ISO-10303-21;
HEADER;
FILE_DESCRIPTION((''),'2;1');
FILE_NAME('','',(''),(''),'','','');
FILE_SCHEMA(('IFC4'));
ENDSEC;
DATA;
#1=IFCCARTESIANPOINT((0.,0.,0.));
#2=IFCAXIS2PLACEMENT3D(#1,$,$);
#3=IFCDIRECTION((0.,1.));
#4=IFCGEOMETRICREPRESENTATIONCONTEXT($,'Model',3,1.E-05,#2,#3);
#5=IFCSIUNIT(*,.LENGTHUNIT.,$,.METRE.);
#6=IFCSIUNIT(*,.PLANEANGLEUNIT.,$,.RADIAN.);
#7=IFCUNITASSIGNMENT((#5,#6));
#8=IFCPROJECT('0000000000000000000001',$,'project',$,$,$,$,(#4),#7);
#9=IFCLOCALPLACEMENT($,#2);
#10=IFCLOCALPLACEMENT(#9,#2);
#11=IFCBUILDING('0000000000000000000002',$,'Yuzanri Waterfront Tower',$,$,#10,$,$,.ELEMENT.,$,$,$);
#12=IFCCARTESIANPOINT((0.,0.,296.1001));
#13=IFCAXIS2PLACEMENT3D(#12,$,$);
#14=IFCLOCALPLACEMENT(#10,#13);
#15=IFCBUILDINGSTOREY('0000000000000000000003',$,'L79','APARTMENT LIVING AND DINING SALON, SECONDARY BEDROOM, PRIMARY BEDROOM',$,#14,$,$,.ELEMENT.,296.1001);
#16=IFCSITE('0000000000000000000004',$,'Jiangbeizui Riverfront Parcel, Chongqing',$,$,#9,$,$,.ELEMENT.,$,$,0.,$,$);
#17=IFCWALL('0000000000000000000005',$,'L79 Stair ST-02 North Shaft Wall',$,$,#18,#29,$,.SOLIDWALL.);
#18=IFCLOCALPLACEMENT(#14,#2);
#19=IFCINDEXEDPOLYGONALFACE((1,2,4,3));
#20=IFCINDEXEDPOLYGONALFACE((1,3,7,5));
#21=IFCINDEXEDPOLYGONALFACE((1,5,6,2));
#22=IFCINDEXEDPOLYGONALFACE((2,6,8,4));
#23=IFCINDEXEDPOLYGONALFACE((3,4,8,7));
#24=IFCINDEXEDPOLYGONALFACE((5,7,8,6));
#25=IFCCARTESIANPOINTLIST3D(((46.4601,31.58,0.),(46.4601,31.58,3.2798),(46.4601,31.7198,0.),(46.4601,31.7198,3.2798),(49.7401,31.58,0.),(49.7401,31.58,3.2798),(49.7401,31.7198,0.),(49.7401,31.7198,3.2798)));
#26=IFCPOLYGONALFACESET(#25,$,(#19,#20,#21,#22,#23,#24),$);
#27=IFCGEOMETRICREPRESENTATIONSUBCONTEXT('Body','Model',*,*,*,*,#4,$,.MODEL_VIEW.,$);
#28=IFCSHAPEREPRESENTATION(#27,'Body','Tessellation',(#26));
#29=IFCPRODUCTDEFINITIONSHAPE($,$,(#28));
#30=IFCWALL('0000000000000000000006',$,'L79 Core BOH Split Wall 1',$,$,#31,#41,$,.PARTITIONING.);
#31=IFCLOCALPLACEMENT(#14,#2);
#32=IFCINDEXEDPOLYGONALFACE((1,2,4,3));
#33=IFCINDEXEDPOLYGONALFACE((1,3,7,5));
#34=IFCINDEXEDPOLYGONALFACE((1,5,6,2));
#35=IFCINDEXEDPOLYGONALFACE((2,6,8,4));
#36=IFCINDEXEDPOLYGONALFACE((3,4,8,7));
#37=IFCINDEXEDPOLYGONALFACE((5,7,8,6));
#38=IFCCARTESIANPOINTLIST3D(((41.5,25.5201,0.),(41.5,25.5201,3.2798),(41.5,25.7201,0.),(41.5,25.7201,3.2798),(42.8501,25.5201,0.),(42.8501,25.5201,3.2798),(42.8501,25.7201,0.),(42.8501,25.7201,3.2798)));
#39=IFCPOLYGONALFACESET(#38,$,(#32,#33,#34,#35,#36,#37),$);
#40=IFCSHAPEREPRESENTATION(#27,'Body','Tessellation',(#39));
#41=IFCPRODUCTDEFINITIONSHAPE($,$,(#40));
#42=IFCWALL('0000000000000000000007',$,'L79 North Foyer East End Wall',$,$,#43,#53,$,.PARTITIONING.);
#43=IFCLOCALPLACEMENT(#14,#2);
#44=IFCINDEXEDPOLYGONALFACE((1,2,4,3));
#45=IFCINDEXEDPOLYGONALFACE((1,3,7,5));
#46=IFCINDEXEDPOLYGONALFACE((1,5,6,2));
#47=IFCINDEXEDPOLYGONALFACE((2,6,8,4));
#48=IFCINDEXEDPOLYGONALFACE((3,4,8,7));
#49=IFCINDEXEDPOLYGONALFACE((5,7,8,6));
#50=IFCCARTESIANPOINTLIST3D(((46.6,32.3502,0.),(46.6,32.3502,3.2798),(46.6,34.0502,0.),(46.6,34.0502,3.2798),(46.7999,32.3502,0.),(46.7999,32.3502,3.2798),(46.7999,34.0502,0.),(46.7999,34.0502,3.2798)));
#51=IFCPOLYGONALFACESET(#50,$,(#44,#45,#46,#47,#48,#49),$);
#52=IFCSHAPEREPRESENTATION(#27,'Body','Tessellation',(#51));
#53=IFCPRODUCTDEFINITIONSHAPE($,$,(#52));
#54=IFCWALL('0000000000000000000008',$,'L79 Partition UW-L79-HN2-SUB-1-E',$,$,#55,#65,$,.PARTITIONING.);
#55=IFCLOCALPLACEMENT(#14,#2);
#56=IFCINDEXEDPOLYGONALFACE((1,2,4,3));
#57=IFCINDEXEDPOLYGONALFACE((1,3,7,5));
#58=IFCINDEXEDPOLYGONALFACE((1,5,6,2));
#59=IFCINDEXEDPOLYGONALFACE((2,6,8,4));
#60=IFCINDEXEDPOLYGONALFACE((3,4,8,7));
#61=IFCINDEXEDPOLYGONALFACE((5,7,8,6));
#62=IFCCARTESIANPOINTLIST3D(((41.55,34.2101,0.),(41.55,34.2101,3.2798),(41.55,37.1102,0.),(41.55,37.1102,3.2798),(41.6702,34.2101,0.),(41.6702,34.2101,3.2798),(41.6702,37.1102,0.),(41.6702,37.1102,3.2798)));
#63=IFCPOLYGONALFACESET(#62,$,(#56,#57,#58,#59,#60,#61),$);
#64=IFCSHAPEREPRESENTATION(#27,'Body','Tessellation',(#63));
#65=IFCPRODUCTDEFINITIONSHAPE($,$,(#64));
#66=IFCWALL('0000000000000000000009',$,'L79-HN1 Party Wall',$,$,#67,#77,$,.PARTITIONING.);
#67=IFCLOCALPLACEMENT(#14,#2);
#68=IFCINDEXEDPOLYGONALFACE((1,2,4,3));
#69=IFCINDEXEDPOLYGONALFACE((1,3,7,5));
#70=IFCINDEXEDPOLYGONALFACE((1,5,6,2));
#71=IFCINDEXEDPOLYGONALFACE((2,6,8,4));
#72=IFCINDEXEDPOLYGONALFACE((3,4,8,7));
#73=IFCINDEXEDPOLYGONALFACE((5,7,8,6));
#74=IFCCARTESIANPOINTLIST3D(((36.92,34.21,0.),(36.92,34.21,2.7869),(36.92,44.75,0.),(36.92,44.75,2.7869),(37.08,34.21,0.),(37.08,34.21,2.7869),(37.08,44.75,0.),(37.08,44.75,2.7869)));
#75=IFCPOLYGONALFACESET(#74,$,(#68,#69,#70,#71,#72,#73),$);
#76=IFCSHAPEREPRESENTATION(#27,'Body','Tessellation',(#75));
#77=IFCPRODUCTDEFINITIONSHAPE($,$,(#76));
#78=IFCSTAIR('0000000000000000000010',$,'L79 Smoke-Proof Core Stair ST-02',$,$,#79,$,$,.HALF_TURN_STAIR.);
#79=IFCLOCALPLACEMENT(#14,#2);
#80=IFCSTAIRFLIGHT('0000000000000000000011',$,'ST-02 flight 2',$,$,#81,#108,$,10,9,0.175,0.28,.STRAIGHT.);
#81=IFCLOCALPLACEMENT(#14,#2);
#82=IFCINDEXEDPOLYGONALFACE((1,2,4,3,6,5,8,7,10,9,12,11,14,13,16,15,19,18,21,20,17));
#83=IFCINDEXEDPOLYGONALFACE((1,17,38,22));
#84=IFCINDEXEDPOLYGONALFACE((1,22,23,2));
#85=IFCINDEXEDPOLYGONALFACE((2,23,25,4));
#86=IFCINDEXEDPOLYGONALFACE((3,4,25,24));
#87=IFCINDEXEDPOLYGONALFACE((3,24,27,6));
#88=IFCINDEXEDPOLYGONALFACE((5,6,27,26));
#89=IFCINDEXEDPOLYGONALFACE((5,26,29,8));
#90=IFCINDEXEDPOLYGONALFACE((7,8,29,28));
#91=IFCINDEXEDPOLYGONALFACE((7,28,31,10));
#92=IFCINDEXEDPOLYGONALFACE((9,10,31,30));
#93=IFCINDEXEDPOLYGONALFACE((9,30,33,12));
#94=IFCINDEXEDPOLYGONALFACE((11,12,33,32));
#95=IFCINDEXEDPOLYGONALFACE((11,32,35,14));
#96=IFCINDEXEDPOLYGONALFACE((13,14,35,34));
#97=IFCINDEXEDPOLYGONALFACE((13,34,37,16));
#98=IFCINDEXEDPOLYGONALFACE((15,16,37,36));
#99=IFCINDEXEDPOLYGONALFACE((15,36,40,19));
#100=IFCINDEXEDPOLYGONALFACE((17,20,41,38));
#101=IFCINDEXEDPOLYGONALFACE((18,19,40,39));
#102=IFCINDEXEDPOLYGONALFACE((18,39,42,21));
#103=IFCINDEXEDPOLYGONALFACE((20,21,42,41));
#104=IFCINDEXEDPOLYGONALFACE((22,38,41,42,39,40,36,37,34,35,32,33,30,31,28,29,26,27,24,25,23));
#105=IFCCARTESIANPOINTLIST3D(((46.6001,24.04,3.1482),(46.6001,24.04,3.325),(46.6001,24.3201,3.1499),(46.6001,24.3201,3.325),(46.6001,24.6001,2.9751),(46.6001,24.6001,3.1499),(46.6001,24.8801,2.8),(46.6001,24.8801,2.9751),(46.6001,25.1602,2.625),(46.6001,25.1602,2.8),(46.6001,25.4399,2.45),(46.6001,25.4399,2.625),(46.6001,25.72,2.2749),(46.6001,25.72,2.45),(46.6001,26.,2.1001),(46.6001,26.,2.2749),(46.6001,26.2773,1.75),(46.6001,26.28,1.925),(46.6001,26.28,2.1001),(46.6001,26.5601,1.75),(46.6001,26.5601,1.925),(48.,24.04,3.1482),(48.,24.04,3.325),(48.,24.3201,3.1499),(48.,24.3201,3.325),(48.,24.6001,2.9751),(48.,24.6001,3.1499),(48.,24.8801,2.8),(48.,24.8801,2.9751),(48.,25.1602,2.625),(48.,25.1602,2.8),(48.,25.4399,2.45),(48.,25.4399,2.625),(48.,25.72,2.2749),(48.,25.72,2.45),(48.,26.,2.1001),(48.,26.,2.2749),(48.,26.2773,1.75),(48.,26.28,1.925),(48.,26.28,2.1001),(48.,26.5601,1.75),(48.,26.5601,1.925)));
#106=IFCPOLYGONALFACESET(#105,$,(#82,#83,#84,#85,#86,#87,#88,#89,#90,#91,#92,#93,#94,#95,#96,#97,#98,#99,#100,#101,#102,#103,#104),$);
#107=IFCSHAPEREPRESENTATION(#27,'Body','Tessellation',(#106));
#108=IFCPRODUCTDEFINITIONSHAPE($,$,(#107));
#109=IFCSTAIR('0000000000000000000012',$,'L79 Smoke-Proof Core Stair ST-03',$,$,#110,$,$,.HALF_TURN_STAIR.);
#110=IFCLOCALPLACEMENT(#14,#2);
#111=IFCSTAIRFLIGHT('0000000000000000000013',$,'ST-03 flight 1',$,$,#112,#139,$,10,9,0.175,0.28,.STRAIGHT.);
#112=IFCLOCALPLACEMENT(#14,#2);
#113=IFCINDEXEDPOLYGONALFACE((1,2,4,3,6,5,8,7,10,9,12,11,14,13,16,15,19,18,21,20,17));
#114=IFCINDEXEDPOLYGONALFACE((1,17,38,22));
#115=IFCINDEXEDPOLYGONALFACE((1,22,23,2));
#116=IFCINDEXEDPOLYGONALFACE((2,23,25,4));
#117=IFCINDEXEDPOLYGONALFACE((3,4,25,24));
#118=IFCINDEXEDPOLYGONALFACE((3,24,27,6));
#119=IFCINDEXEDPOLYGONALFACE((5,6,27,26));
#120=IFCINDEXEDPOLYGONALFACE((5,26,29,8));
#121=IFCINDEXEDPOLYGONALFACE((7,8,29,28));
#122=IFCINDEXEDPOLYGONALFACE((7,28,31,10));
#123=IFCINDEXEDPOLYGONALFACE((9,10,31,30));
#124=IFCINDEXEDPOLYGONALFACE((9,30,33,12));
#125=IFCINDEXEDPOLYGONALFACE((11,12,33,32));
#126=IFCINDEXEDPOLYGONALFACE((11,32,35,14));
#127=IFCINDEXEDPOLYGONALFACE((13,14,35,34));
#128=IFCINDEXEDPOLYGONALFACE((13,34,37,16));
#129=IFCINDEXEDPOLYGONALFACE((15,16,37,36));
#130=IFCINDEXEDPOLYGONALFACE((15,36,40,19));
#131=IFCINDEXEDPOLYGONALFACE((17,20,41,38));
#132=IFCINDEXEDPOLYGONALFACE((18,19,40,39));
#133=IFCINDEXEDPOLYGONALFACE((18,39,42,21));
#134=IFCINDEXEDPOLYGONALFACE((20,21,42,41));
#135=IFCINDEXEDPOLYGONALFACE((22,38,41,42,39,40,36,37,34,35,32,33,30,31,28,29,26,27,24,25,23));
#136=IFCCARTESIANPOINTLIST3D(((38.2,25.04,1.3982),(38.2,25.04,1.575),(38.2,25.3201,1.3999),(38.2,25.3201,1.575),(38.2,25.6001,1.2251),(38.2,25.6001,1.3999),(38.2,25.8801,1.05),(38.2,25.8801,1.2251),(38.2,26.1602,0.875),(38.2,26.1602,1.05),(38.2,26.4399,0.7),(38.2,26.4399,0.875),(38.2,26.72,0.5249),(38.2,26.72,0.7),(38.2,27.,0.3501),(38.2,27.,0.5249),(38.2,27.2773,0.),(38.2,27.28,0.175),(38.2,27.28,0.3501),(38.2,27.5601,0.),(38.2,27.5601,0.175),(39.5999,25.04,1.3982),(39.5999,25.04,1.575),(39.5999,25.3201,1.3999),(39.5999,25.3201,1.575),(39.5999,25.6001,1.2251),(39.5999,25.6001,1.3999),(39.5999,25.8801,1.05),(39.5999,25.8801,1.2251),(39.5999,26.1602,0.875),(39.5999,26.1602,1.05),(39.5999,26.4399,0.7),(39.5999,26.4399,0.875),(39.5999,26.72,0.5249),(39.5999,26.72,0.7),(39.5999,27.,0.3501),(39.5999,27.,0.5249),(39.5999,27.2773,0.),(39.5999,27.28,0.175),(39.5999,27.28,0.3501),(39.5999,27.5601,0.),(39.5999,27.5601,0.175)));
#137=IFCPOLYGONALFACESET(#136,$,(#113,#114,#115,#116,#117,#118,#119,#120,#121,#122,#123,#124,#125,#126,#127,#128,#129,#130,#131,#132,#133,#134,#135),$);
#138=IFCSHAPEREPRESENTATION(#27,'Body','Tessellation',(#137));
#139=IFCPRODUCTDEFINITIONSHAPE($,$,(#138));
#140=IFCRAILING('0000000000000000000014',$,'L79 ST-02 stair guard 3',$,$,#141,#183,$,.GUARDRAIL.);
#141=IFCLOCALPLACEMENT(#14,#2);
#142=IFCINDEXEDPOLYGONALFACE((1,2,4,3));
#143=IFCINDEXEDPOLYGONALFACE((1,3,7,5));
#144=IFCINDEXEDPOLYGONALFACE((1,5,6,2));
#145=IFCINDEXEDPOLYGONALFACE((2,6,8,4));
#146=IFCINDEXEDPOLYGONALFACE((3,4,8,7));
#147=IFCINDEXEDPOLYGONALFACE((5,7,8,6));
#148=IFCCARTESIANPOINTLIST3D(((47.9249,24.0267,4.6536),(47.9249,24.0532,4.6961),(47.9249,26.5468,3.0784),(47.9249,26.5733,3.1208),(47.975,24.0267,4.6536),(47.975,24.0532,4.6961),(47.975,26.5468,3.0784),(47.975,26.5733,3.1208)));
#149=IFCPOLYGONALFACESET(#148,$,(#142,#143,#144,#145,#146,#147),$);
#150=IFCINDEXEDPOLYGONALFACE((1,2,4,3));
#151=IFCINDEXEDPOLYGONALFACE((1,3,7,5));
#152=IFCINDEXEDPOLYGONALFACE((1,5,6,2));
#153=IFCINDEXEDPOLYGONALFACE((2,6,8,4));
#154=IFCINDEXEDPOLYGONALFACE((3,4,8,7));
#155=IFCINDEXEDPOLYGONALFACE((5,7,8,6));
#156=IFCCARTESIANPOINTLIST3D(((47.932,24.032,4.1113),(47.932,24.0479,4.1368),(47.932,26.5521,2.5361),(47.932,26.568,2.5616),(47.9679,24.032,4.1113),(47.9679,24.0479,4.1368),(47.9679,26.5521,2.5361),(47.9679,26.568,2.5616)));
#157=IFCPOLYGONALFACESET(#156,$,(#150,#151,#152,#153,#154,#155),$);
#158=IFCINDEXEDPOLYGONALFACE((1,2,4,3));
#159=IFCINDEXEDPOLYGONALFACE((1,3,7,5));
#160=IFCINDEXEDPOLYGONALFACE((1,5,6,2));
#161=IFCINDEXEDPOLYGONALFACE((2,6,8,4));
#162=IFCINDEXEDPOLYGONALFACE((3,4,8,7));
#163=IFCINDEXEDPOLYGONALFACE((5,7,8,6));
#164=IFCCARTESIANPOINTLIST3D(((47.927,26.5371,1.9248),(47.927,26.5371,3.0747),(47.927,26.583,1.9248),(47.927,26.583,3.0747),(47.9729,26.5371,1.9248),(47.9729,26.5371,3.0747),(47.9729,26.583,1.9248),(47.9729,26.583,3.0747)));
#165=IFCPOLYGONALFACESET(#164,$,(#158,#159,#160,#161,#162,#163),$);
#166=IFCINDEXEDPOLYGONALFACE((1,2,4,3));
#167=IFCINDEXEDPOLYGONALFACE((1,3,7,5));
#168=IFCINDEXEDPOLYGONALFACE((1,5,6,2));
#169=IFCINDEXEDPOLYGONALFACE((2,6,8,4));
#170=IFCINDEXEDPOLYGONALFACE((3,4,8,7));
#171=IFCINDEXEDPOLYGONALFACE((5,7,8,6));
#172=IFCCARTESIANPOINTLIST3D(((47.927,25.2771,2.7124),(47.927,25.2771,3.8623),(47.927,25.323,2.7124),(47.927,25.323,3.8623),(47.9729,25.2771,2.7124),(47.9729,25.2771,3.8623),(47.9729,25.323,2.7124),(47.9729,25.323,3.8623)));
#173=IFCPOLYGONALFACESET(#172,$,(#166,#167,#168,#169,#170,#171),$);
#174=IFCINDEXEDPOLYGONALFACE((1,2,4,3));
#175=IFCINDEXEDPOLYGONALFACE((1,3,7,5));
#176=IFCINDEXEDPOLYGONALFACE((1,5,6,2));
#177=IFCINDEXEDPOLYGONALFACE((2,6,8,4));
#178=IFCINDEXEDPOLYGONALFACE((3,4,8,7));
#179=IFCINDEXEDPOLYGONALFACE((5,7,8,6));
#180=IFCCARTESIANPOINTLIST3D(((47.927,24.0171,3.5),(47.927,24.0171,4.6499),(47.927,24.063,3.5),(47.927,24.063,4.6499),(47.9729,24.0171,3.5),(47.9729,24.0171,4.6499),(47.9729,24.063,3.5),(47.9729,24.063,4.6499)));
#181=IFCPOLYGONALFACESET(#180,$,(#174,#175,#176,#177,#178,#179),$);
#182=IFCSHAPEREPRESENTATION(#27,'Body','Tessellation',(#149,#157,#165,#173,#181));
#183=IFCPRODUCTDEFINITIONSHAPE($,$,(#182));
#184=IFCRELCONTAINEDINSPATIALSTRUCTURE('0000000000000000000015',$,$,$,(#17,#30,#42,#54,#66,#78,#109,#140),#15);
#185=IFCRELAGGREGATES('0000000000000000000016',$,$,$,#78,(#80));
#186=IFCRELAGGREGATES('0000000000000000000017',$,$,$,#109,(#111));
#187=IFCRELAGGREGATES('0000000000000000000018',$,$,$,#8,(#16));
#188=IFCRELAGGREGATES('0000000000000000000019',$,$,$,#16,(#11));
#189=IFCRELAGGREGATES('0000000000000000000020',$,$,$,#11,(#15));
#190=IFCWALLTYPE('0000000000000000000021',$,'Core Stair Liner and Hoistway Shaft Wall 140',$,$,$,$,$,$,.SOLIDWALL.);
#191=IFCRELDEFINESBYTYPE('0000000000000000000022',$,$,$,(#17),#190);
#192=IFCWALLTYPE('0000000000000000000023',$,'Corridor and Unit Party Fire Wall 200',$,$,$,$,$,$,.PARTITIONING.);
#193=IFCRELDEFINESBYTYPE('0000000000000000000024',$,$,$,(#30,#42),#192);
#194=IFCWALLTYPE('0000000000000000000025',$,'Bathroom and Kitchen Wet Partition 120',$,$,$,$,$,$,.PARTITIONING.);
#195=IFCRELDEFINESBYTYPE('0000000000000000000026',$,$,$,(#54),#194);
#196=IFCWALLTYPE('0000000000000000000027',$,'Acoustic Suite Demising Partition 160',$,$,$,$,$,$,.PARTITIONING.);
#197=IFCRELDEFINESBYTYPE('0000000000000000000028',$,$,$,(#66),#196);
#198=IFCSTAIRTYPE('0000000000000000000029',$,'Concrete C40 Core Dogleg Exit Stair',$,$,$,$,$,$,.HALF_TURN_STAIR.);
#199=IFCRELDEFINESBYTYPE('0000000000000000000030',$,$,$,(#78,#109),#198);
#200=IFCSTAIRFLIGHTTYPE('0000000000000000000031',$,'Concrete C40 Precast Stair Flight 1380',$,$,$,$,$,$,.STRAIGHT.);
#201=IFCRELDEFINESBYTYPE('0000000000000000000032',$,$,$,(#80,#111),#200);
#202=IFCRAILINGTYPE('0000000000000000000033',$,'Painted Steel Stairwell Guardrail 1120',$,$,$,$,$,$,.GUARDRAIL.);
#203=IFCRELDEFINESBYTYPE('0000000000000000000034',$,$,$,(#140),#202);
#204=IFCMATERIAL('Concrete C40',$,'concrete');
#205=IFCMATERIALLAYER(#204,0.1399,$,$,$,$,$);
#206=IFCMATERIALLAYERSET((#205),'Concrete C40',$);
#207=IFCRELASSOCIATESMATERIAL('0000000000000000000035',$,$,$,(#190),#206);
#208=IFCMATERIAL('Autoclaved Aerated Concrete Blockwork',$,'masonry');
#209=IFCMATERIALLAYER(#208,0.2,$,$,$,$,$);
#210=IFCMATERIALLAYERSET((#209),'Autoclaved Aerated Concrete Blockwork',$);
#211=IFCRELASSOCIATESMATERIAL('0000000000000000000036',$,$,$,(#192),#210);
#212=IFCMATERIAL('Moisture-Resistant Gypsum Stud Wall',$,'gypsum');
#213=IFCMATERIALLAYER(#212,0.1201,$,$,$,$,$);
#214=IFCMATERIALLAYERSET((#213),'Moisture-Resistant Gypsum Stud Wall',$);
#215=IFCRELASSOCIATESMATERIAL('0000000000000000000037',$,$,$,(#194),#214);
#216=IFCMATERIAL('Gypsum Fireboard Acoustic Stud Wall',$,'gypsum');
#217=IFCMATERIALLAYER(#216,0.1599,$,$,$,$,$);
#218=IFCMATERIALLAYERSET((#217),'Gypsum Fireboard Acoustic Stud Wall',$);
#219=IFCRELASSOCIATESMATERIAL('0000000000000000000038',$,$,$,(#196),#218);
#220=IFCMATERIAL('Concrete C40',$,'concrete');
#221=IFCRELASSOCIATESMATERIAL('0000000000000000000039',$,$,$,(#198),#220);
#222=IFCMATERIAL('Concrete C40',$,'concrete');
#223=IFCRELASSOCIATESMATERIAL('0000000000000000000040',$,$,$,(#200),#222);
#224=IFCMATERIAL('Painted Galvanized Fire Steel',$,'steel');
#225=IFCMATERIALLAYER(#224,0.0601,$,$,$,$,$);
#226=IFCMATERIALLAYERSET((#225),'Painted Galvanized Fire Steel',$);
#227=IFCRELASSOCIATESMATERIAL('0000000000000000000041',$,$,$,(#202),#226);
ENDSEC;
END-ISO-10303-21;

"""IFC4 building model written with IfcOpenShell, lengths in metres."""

from ifc_helpers import new_model, si_unit, direction, frame, frame_2d, origin, origin_2d, place, context, subcontext, project, spatial, polyline, rectangle, outline, extrude, source, transform, mapped, material, layer, layer_set, type_object, element, aggregate, save


model = new_model("IFC4")

# Units and contexts
model_context = context("Model", 3, precision=1e-05, world=origin(), true_north=direction((0.0, 1.0)))
body_context = subcontext(model_context, "Body", "Model", "MODEL_VIEW")
ifc_project = project(units=[si_unit("LENGTHUNIT", "METRE"), si_unit("PLANEANGLEUNIT", "RADIAN")], contexts=[model_context])

# Site, building, storey
site_placement = place(None, origin())
site = spatial("IfcSite", under=ifc_project, at=site_placement, Name="Jiangbeizui Riverfront Parcel, Chongqing", CompositionType="ELEMENT", RefElevation=0.0)
building_placement = place(site_placement, origin())
building = spatial("IfcBuilding", under=site, at=building_placement, Name="Yuzanri Waterfront Tower", CompositionType="ELEMENT")
storey_placement = place(building_placement, frame((0.0, 0.0, 296.1001)))
storey = spatial("IfcBuildingStorey", under=building, at=storey_placement, Name="L79", Description="APARTMENT LIVING AND DINING SALON, SECONDARY BEDROOM, PRIMARY BEDROOM", CompositionType="ELEMENT", Elevation=296.1001)

# Shared definitions
ifc_material_1 = material(Name="Concrete C40", Category="concrete")
ifc_layer_1 = layer(ifc_material_1, 0.1399)
ifc_layer_set_1 = layer_set([ifc_layer_1], Name="Concrete C40")
wall_type_1 = type_object("IfcWallType", Name="Core Stair Liner and Hoistway Shaft Wall 140", PredefinedType="SOLIDWALL", material=ifc_layer_set_1)
ifc_material_2 = material(Name="Autoclaved Aerated Concrete Blockwork", Category="masonry")
ifc_layer_2 = layer(ifc_material_2, 0.2)
ifc_layer_set_2 = layer_set([ifc_layer_2], Name="Autoclaved Aerated Concrete Blockwork")
wall_type_2 = type_object("IfcWallType", Name="Corridor and Unit Party Fire Wall 200", PredefinedType="PARTITIONING", material=ifc_layer_set_2)

# Walls
shared_shape_1 = source(origin(), body_context, "Body", "SweptSolid", [
    extrude(rectangle(XDim=3.28, YDim=0.1399, at=frame_2d((1.6401, 0.0))), origin(), (0.0, 0.0, 1.0), 3.2798),
])
wall_1_placement = place(storey_placement, frame((46.46, 31.6499, 0.0), z_axis=(0.0, 0.0, 1.0), x_axis=(1.0, 0.0, 0.0)))
element("IfcWall", 1, at=wall_1_placement, inside=storey, type_object=wall_type_1, Name="L79 Stair ST-02 North Shaft Wall", PredefinedType="SOLIDWALL", context=body_context, shape_type="MappedRepresentation", body=[
    mapped(shared_shape_1, transform((0.0, 0.0, 0.0), scale=1.0)),
])
shared_shape_2 = source(origin(), body_context, "Body", "SweptSolid", [
    extrude(rectangle(XDim=1.3501, YDim=0.2, at=frame_2d((0.675, 0.0))), origin(), (0.0, 0.0, 1.0), 3.2798),
])
wall_2_placement = place(storey_placement, frame((41.5, 25.6201, 0.0), z_axis=(0.0, 0.0, 1.0), x_axis=(1.0, 0.0, 0.0)))
element("IfcWall", 2, at=wall_2_placement, inside=storey, type_object=wall_type_2, Name="L79 Core BOH Split Wall 1", PredefinedType="PARTITIONING", context=body_context, shape_type="MappedRepresentation", body=[
    mapped(shared_shape_2, transform((0.0, 0.0, 0.0), scale=1.0)),
])
shared_shape_3 = source(origin(), body_context, "Body", "SweptSolid", [
    extrude(rectangle(XDim=1.7, YDim=0.2, at=frame_2d((0.8501, 0.0))), origin(), (0.0, 0.0, 1.0), 3.2798),
])
wall_3_placement = place(storey_placement, frame((46.7, 32.3501, 0.0), z_axis=(0.0, 0.0, 1.0), x_axis=(0.0, 1.0, 0.0)))
element("IfcWall", 3, at=wall_3_placement, inside=storey, type_object=wall_type_2, Name="L79 North Foyer East End Wall", PredefinedType="PARTITIONING", context=body_context, shape_type="MappedRepresentation", body=[
    mapped(shared_shape_3, transform((0.0, 0.0, 0.0), scale=1.0)),
])
ifc_material_3 = material(Name="Moisture-Resistant Gypsum Stud Wall", Category="gypsum")
ifc_layer_3 = layer(ifc_material_3, 0.1201)
ifc_layer_set_3 = layer_set([ifc_layer_3], Name="Moisture-Resistant Gypsum Stud Wall")
wall_type_3 = type_object("IfcWallType", Name="Bathroom and Kitchen Wet Partition 120", PredefinedType="PARTITIONING", material=ifc_layer_set_3)
shared_shape_4 = source(origin(), body_context, "Body", "SweptSolid", [
    extrude(rectangle(XDim=2.9001, YDim=0.1201, at=frame_2d((1.4502, 0.0))), origin(), (0.0, 0.0, 1.0), 3.2798),
])
wall_4_placement = place(storey_placement, frame((41.6101, 34.21, 0.0), z_axis=(0.0, 0.0, 1.0), x_axis=(0.0, 1.0, 0.0)))
element("IfcWall", 4, at=wall_4_placement, inside=storey, type_object=wall_type_3, Name="L79 Partition UW-L79-HN2-SUB-1-E", PredefinedType="PARTITIONING", context=body_context, shape_type="MappedRepresentation", body=[
    mapped(shared_shape_4, transform((0.0, 0.0, 0.0), scale=1.0)),
])
ifc_material_4 = material(Name="Gypsum Fireboard Acoustic Stud Wall", Category="gypsum")
ifc_layer_4 = layer(ifc_material_4, 0.1599)
ifc_layer_set_4 = layer_set([ifc_layer_4], Name="Gypsum Fireboard Acoustic Stud Wall")
wall_type_4 = type_object("IfcWallType", Name="Acoustic Suite Demising Partition 160", PredefinedType="PARTITIONING", material=ifc_layer_set_4)
shared_shape_5 = source(origin(), body_context, "Body", "SweptSolid", [
    extrude(rectangle(XDim=10.54, YDim=0.1599, at=frame_2d((5.27, 0.0))), origin(), (0.0, 0.0, 1.0), 2.7869),
])
wall_5_placement = place(storey_placement, frame((37.0, 34.21, 0.0), z_axis=(0.0, 0.0, 1.0), x_axis=(0.0, 1.0, 0.0)))
element("IfcWall", 5, at=wall_5_placement, inside=storey, type_object=wall_type_4, Name="L79-HN1 Party Wall", PredefinedType="PARTITIONING", context=body_context, shape_type="MappedRepresentation", body=[
    mapped(shared_shape_5, transform((0.0, 0.0, 0.0), scale=1.0)),
])

# Stairs, stair flights
ifc_material_5 = material(Name="Concrete C40", Category="concrete")
stair_type = type_object("IfcStairType", Name="Concrete C40 Core Dogleg Exit Stair", PredefinedType="HALF_TURN_STAIR", material=ifc_material_5)
stair_1_placement = place(storey_placement, origin())
stair_1 = element("IfcStair", 6, at=stair_1_placement, inside=storey, type_object=stair_type, Name="L79 Smoke-Proof Core Stair ST-02", PredefinedType="HALF_TURN_STAIR")
ifc_material_6 = material(Name="Concrete C40", Category="concrete")
stair_flight_type = type_object("IfcStairFlightType", Name="Concrete C40 Precast Stair Flight 1380", PredefinedType="STRAIGHT", material=ifc_material_6)
shared_shape_6 = source(origin(), body_context, "Body", "SweptSolid", [
    extrude(outline(polyline([(0.0, 0.0), (0.0, 0.175), (0.28, 0.175), (0.28, 0.3501), (0.5601, 0.3501), (0.5601, 0.5249), (0.8401, 0.5249), (0.8401, 0.7), (1.1201, 0.7), (1.1201, 0.875), (1.3999, 0.875), (1.3999, 1.05), (1.6799, 1.05), (1.6799, 1.2251), (1.96, 1.2251), (1.96, 1.3999), (2.24, 1.3999), (2.24, 1.575), (2.52, 1.575), (2.52, 1.75), (2.52, 1.3982), (0.2827, 0.0), (0.0, 0.0)])), frame((0.0, 0.7, 0.0), z_axis=(0.0, -1.0, 0.0), x_axis=(1.0, 0.0, 0.0)), (0.0, 0.0, 1.0), 1.3999),
])
stair_flight_1_placement = place(storey_placement, frame((47.3, 26.5601, 1.75), z_axis=(0.0, 0.0, 1.0), x_axis=(0.0, -1.0, 0.0)))
stair_flight_1 = element("IfcStairFlight", 7, at=stair_flight_1_placement, type_object=stair_flight_type, Name="ST-02 flight 2", NumberOfRisers=10, NumberOfTreads=9, PredefinedType="STRAIGHT", RiserHeight=0.175, TreadLength=0.28, context=body_context, shape_type="MappedRepresentation", body=[
    mapped(shared_shape_6, transform((0.0, 0.0, 0.0), scale=1.0)),
])
aggregate(stair_1, [stair_flight_1])
stair_2_placement = place(storey_placement, origin())
stair_2 = element("IfcStair", 8, at=stair_2_placement, inside=storey, type_object=stair_type, Name="L79 Smoke-Proof Core Stair ST-03", PredefinedType="HALF_TURN_STAIR")
stair_flight_2_placement = place(storey_placement, frame((38.8999, 27.5601, 0.0), z_axis=(0.0, 0.0, 1.0), x_axis=(0.0, -1.0, 0.0)))
stair_flight_2 = element("IfcStairFlight", 9, at=stair_flight_2_placement, type_object=stair_flight_type, Name="ST-03 flight 1", NumberOfRisers=10, NumberOfTreads=9, PredefinedType="STRAIGHT", RiserHeight=0.175, TreadLength=0.28, context=body_context, shape_type="MappedRepresentation", body=[
    mapped(shared_shape_6, transform((0.0, 0.0, 0.0), scale=1.0)),
])
aggregate(stair_2, [stair_flight_2])

# Railing
ifc_material_7 = material(Name="Painted Galvanized Fire Steel", Category="steel")
ifc_layer_5 = layer(ifc_material_7, 0.0601)
ifc_layer_set_5 = layer_set([ifc_layer_5], Name="Painted Galvanized Fire Steel")
railing_type_1 = type_object("IfcRailingType", Name="Painted Steel Stairwell Guardrail 1120", PredefinedType="GUARDRAIL", material=ifc_layer_set_5)
shared_shape_7 = source(origin(), body_context, "Body", "SweptSolid", [
    extrude(rectangle(XDim=0.05, YDim=0.05, at=origin_2d()), frame((0.0, 0.0, 1.1748), z_axis=(0.0, -0.847971, 0.530043), x_axis=(1.0, 0.0, 0.0)), (0.0, 0.0, 1.0), 2.9719),
    extrude(rectangle(XDim=0.0359, YDim=0.03, at=origin_2d()), frame((0.0, 0.0, 0.624), z_axis=(0.0, -0.847971, 0.530043), x_axis=(1.0, 0.0, 0.0)), (0.0, 0.0, 1.0), 2.9719),
    extrude(rectangle(XDim=0.0459, YDim=0.0459, at=origin_2d()), origin(), (0.0, 0.0, 1.0), 1.1499),
    extrude(rectangle(XDim=0.0459, YDim=0.0459, at=origin_2d()), frame((0.0, -1.26, 0.7876)), (0.0, 0.0, 1.0), 1.1499),
    extrude(rectangle(XDim=0.0459, YDim=0.0459, at=origin_2d()), frame((0.0, -2.52, 1.5752)), (0.0, 0.0, 1.0), 1.1499),
])
for number, where, name in (
    (10, (47.95, 26.5601, 1.9248), "L79 ST-02 stair guard 3"),
):
    element("IfcRailing", number, at=place(storey_placement, frame(where)), inside=storey, type_object=railing_type_1, Name=name, PredefinedType="GUARDRAIL", context=body_context, shape_type="MappedRepresentation", body=[
        mapped(shared_shape_7, transform((0.0, 0.0, 0.0), scale=1.0)),
    ])

save(model, "model.ifc")
